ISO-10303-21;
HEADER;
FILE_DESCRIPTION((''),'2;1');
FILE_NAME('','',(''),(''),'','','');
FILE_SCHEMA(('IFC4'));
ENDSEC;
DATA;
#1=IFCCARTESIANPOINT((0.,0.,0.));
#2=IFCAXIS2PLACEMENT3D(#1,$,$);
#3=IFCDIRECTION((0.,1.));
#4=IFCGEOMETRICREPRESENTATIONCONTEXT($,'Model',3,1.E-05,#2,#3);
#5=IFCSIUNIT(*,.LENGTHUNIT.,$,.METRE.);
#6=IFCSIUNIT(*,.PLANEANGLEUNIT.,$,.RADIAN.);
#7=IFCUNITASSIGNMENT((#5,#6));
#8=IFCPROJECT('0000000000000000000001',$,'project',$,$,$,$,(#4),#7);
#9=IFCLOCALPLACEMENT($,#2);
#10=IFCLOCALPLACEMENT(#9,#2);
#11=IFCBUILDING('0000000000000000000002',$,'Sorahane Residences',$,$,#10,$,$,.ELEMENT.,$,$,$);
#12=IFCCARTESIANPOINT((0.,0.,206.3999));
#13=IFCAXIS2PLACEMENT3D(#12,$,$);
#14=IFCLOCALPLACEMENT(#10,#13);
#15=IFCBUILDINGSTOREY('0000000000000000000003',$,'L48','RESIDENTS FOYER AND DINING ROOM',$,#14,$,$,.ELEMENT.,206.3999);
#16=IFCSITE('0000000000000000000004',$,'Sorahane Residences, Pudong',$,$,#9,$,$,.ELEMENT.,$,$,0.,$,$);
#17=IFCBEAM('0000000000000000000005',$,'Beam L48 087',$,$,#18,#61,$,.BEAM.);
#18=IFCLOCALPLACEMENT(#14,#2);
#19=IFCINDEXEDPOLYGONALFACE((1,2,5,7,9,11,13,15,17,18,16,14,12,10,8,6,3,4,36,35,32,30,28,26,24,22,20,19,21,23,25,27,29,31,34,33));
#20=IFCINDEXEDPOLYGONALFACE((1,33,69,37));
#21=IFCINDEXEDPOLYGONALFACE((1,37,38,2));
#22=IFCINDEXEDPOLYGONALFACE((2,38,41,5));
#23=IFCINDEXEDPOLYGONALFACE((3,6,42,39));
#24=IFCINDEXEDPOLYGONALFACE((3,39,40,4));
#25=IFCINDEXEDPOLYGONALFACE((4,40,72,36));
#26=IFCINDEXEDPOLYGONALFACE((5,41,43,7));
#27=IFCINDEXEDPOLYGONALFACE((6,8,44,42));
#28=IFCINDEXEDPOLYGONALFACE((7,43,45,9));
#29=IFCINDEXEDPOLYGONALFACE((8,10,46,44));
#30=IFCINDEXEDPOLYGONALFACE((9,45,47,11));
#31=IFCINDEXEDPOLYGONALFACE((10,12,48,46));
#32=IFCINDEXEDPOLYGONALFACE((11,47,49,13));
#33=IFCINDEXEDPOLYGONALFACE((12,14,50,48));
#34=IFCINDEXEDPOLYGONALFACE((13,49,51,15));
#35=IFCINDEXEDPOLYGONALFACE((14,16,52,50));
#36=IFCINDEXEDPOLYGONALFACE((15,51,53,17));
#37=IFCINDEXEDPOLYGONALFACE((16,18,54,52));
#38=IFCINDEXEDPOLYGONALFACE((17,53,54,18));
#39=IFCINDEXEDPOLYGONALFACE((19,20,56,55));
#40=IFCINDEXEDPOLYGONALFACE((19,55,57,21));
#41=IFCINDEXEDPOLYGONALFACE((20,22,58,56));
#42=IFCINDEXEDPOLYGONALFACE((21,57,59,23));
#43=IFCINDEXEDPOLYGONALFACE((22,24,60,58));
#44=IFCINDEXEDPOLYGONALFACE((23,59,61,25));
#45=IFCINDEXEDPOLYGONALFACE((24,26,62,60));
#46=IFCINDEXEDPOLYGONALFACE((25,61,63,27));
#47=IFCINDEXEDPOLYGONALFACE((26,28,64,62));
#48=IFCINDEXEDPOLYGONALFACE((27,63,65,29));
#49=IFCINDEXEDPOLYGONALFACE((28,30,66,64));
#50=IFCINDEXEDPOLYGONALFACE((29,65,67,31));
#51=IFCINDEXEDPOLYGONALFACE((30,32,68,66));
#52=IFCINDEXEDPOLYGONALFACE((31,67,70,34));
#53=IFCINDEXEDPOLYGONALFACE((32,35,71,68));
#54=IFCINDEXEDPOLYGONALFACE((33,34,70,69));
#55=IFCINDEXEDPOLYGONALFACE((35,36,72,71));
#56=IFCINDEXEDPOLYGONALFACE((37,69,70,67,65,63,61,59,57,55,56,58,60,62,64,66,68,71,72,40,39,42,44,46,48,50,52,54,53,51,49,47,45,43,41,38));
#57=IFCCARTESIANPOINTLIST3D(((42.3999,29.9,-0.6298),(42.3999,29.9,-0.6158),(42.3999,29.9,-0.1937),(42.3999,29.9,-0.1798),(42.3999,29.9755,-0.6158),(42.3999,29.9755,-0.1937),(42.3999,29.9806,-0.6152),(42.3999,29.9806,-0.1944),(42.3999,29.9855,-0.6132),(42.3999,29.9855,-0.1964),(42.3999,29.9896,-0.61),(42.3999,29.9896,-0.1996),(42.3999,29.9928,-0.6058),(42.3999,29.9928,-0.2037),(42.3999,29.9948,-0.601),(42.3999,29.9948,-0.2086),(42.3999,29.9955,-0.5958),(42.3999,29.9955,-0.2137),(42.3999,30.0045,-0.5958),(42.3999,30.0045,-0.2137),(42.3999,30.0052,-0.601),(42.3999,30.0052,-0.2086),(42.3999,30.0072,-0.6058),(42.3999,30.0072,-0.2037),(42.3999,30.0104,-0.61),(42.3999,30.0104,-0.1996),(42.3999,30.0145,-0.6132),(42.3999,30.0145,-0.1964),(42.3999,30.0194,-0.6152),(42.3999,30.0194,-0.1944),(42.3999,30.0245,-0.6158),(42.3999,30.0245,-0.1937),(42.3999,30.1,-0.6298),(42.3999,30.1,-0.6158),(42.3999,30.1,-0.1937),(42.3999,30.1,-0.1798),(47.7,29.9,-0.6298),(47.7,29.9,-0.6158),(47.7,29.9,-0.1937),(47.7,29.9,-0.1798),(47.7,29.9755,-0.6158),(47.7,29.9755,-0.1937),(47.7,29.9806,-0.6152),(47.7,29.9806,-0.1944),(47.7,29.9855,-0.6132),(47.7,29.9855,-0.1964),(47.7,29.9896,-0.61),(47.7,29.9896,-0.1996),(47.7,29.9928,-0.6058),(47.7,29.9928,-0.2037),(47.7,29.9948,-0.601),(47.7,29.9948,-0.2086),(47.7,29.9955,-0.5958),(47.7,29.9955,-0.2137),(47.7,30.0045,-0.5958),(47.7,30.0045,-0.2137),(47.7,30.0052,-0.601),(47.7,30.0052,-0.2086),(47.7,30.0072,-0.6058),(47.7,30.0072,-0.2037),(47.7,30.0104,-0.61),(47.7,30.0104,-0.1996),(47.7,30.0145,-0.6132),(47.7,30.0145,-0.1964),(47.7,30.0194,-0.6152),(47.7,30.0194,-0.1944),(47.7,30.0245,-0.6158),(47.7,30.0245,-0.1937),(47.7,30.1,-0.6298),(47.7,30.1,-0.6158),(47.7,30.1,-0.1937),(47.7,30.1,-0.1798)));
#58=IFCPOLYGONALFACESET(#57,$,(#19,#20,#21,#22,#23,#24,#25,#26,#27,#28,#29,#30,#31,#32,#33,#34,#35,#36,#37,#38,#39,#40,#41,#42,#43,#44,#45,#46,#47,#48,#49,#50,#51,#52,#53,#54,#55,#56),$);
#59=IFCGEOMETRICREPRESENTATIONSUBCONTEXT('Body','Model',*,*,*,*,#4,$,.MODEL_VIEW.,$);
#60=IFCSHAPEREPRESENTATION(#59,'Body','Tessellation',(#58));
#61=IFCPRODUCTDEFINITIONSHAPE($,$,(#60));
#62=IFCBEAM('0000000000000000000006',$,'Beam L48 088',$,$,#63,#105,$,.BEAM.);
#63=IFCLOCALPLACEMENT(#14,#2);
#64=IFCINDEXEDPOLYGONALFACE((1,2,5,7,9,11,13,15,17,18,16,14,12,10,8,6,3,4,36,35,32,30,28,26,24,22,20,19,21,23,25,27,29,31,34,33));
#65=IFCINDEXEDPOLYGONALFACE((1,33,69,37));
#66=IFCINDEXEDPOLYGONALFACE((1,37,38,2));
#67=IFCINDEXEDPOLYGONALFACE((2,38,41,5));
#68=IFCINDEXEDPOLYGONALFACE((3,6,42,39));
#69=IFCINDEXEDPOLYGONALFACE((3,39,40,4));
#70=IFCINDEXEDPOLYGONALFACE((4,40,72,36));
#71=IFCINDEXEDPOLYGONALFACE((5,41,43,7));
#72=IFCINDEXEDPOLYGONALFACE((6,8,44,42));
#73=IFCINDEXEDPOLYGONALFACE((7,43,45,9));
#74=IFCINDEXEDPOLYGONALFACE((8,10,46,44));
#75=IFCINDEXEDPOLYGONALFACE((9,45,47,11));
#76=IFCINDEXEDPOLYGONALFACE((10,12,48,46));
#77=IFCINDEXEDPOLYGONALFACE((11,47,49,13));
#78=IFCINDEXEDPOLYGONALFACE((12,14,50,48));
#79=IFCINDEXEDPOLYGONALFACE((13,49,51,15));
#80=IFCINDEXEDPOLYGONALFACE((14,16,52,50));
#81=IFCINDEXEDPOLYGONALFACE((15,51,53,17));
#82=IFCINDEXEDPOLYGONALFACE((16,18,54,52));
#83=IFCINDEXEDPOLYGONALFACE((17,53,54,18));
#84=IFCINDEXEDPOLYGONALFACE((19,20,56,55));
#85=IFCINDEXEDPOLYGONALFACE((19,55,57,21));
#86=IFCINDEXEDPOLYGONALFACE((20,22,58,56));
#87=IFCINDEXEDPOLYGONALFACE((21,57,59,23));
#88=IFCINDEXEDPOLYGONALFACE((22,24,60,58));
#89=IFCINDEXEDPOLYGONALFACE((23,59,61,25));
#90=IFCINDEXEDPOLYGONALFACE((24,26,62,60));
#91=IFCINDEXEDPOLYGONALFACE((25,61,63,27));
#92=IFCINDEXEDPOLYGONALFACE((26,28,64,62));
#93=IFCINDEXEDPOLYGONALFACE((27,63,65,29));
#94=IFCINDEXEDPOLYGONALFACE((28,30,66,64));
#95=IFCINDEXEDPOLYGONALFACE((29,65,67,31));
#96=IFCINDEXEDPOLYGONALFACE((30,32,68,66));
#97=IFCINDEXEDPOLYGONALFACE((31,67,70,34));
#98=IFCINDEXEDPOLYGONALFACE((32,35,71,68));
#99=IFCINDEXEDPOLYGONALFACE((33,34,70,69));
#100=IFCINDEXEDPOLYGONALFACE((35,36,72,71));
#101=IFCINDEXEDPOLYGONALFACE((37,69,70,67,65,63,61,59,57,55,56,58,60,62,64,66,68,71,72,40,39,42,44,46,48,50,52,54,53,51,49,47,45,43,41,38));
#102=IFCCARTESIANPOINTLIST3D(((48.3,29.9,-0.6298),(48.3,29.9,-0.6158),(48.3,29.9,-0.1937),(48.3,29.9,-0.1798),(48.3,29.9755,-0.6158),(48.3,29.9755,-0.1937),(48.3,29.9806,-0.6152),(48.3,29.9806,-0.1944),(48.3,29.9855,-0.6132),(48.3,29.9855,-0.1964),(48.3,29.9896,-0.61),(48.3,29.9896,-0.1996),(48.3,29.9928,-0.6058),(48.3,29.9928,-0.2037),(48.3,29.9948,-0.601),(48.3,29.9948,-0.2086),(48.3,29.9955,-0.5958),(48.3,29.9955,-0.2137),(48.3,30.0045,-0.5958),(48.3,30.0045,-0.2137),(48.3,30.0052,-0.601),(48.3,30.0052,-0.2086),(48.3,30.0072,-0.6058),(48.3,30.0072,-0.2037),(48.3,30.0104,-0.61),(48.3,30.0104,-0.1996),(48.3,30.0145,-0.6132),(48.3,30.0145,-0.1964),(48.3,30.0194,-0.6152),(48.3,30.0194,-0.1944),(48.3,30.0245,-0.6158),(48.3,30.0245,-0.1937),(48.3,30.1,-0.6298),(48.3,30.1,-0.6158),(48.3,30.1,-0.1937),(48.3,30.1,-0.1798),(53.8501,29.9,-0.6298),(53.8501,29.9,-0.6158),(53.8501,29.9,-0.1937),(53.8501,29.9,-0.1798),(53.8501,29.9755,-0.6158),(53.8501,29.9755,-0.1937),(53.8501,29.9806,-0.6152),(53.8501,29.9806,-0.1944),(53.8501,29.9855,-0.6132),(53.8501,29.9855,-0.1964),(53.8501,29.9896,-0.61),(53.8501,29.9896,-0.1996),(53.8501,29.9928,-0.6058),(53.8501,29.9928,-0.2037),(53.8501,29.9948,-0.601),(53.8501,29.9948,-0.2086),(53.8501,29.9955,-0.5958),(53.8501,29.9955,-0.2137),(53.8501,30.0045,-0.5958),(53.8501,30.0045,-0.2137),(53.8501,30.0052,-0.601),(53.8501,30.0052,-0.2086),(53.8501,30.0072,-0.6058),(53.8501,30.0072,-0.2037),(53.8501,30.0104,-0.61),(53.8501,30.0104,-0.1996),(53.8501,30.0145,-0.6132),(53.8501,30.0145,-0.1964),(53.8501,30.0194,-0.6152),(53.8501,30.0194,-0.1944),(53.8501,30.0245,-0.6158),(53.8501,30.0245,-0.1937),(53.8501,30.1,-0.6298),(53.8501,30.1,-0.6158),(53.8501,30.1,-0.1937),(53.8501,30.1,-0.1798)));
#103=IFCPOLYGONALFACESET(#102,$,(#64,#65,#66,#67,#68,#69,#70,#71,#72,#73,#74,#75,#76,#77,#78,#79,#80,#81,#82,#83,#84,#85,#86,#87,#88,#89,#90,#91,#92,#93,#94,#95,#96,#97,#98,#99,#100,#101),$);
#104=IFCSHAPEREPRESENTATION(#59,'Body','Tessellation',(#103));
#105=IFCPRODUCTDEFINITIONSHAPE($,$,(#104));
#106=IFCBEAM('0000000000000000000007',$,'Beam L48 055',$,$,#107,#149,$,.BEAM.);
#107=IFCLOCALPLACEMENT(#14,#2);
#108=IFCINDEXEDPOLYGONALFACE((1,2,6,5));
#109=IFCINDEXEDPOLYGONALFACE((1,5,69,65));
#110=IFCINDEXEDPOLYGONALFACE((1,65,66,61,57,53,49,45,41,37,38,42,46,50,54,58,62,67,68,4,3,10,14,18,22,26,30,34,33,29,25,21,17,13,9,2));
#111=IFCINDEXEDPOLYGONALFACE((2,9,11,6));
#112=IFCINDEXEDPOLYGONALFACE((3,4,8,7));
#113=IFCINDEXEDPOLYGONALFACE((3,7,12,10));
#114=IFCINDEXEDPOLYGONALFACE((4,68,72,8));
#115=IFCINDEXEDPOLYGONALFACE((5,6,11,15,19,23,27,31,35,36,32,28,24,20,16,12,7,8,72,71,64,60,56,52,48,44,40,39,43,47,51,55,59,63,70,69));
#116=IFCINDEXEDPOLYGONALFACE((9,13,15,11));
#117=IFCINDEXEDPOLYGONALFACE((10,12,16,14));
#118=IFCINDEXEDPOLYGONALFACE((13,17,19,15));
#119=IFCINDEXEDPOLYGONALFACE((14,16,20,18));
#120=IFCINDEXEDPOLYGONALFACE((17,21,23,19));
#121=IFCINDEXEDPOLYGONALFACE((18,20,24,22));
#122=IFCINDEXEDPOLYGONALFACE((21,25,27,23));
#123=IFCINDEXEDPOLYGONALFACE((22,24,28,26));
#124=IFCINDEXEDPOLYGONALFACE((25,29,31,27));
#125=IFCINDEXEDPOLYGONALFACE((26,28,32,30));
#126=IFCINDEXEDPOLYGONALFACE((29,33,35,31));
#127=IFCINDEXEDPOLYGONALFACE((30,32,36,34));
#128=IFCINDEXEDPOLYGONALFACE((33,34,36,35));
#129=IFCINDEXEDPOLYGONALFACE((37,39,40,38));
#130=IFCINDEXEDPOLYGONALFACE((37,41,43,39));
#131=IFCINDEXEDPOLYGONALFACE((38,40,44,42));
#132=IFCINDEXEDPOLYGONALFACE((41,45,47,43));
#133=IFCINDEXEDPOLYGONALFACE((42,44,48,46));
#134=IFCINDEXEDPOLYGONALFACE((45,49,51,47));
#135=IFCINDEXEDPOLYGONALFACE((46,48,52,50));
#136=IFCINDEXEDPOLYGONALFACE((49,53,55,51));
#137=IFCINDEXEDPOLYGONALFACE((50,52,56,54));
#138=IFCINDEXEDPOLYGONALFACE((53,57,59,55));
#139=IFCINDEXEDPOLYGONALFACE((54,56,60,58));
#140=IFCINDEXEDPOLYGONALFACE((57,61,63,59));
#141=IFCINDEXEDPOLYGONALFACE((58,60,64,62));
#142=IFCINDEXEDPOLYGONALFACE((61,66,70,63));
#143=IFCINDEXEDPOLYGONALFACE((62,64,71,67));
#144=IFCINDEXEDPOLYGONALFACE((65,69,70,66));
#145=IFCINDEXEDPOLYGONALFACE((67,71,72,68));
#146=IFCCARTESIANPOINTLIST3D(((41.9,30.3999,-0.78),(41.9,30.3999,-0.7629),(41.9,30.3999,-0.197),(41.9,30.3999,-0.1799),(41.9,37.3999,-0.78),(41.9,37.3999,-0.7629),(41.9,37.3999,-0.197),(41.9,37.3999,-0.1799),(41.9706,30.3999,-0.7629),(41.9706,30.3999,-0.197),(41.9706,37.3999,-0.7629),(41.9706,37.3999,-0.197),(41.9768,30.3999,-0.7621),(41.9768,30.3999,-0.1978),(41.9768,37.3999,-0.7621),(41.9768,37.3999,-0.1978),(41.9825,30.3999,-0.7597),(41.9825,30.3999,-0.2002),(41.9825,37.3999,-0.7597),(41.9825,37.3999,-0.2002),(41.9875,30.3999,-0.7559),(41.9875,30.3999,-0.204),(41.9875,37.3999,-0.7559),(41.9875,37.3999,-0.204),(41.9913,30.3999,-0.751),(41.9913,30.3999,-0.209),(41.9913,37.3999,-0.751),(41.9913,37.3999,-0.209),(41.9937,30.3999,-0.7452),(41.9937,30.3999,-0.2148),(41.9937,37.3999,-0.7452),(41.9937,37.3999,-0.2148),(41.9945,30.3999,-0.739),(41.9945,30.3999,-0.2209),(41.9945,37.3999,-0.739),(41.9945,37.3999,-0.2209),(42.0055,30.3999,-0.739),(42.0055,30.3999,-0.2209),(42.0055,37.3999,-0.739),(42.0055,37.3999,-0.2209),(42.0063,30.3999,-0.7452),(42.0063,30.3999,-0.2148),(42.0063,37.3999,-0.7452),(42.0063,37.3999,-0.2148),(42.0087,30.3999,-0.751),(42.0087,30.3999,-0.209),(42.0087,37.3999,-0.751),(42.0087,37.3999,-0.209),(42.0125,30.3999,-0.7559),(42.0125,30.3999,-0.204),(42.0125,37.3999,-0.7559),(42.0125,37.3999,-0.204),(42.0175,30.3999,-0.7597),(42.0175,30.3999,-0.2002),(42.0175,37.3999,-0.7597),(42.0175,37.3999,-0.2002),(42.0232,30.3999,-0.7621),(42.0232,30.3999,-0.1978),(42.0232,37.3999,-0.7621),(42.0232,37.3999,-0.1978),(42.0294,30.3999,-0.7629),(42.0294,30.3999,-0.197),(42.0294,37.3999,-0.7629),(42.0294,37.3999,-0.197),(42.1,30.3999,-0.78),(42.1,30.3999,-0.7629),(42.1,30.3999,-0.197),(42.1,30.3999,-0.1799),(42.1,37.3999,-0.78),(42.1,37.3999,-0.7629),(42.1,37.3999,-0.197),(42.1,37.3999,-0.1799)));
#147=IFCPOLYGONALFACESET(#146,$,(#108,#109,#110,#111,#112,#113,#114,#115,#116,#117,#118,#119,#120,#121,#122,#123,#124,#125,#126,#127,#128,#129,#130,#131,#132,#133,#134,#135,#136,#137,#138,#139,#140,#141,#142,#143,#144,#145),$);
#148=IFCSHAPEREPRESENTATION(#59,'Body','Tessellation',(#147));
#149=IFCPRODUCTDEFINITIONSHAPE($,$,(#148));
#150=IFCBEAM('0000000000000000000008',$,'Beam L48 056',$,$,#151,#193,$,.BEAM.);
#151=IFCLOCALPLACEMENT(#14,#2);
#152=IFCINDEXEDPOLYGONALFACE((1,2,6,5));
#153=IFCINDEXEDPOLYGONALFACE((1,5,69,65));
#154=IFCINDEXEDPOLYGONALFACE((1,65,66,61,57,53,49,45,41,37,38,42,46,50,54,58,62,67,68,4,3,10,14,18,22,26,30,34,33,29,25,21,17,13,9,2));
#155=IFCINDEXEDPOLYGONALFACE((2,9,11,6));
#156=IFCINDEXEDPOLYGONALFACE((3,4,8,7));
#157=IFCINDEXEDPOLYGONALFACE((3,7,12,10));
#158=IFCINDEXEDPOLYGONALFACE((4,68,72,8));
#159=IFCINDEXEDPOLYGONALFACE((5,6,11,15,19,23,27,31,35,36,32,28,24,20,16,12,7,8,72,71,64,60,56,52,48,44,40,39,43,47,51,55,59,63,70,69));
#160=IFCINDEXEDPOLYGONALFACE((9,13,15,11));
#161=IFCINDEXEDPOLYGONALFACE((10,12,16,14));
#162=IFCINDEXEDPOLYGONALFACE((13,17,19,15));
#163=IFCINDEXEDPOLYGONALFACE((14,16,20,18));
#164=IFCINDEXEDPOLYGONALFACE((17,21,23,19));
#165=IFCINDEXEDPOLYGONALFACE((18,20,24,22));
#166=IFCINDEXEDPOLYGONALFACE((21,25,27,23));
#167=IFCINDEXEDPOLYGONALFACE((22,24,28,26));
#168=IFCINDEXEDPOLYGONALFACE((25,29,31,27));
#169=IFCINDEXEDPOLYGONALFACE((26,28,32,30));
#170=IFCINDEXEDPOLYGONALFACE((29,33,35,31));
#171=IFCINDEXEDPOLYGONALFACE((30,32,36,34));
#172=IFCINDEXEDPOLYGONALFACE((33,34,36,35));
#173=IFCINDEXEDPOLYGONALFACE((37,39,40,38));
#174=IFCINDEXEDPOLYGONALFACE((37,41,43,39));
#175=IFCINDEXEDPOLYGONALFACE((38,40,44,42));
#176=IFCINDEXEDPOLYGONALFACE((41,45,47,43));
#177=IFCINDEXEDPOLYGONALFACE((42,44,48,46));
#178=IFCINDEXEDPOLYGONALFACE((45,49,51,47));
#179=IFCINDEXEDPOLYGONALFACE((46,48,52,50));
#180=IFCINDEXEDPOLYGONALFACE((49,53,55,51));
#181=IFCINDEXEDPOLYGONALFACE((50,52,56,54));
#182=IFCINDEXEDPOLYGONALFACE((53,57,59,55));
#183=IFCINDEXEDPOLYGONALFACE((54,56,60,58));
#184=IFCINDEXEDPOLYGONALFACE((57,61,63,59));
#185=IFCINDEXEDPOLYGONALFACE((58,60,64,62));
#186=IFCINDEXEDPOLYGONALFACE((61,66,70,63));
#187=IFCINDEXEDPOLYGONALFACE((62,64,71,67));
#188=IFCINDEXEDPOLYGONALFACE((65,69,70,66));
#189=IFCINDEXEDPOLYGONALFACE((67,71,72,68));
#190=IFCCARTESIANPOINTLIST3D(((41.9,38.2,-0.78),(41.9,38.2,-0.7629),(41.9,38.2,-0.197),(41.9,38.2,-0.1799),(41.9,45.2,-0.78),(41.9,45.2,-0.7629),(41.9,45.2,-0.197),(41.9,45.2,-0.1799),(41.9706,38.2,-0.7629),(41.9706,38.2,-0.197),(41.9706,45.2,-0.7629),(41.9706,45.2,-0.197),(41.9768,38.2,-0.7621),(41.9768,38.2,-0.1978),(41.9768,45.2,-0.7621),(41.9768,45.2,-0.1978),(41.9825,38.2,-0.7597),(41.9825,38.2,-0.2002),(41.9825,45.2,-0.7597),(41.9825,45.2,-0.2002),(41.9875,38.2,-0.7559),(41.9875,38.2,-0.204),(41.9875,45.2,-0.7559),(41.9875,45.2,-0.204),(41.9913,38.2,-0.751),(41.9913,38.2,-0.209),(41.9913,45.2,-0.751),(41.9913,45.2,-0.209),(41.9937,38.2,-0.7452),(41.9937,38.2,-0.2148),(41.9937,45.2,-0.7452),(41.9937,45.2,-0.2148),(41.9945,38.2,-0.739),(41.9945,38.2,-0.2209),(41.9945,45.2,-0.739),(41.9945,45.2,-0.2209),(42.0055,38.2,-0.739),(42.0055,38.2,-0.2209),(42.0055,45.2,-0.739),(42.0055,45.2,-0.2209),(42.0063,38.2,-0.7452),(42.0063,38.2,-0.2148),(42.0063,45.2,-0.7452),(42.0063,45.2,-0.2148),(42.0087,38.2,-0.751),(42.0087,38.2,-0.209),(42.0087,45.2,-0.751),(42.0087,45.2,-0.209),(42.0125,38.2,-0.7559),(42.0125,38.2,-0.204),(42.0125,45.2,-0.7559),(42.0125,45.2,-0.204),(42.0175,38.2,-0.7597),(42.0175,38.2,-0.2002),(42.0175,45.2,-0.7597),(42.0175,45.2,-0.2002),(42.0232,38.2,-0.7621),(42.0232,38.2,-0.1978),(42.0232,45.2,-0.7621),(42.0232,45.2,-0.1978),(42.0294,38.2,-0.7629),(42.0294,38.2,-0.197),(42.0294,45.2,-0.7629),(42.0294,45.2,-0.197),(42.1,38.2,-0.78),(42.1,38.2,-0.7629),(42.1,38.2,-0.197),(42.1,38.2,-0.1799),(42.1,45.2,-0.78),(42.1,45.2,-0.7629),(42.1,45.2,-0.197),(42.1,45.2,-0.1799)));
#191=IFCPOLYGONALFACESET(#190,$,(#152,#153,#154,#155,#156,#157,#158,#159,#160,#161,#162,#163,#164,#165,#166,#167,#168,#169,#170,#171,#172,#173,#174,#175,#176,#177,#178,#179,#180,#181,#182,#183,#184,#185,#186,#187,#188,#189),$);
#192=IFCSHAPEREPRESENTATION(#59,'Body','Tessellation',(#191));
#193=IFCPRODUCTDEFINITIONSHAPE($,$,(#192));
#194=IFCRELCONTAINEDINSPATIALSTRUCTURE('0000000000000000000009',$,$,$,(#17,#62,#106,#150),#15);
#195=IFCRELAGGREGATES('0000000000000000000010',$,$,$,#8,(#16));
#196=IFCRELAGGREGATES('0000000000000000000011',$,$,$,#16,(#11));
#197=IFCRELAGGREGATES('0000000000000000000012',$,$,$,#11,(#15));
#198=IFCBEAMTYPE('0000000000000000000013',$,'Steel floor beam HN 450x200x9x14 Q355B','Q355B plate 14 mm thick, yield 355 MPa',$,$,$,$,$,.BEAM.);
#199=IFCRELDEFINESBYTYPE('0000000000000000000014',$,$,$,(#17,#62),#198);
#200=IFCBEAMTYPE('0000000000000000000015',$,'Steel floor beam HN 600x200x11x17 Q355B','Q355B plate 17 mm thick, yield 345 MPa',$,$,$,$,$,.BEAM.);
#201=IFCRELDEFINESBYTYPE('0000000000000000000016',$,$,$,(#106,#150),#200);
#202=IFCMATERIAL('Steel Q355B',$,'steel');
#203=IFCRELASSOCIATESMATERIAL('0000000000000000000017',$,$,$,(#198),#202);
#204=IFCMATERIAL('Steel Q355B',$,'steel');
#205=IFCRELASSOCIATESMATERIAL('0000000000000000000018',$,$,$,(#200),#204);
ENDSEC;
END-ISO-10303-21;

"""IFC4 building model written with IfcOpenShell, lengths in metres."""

from ifc_helpers import new_model, si_unit, direction, frame, origin, origin_2d, place, context, subcontext, project, spatial, i_section, extrude, material, material_profile, profile_set, type_object, element, save


model = new_model("IFC4")

# Units and contexts
model_context = context("Model", 3, precision=1e-05, world=origin(), true_north=direction((0.0, 1.0)))
body_context = subcontext(model_context, "Body", "Model", "MODEL_VIEW")
ifc_project = project(units=[si_unit("LENGTHUNIT", "METRE"), si_unit("PLANEANGLEUNIT", "RADIAN")], contexts=[model_context])

# Site, building, storey
site_placement = place(None, origin())
site = spatial("IfcSite", under=ifc_project, at=site_placement, Name="Sorahane Residences, Pudong", CompositionType="ELEMENT", RefElevation=0.0)
building_placement = place(site_placement, origin())
building = spatial("IfcBuilding", under=site, at=building_placement, Name="Sorahane Residences", CompositionType="ELEMENT")
storey_placement = place(building_placement, frame((0.0, 0.0, 206.3999)))
storey = spatial("IfcBuildingStorey", under=building, at=storey_placement, Name="L48", Description="RESIDENTS FOYER AND DINING ROOM", CompositionType="ELEMENT", Elevation=206.3999)

# Beams
ifc_material_1 = material(Name="Steel Q355B", Category="steel")
ifc_material_profile_1 = material_profile(ifc_material_1, i_section(OverallWidth=0.2, OverallDepth=0.45, WebThickness=0.009, FlangeThickness=0.0139, FilletRadius=0.02, at=origin_2d()), Name="HN 450x200x9x14")
ifc_profile_set_1 = profile_set([ifc_material_profile_1], Name="Steel Q355B")
beam_type_1 = type_object("IfcBeamType", Name="Steel floor beam HN 450x200x9x14 Q355B", Description="Q355B plate 14 mm thick, yield 355 MPa", PredefinedType="BEAM", material=ifc_profile_set_1)
beam_1_placement = place(storey_placement, frame((42.3999, 30.0, -0.4048), z_axis=(1.0, 0.0, 0.0), x_axis=(0.0, 1.0, 0.0)))
element("IfcBeam", 1, at=beam_1_placement, inside=storey, type_object=beam_type_1, Name="Beam L48 087", PredefinedType="BEAM", context=body_context, shape_type="SweptSolid", body=[
    extrude(i_section(OverallWidth=0.2, OverallDepth=0.45, WebThickness=0.009, FlangeThickness=0.0139, FilletRadius=0.02, at=origin_2d()), origin(), (0.0, 0.0, 1.0), 5.3),
])
beam_2_placement = place(storey_placement, frame((48.3, 30.0, -0.4048), z_axis=(1.0, 0.0, 0.0), x_axis=(0.0, 1.0, 0.0)))
element("IfcBeam", 2, at=beam_2_placement, inside=storey, type_object=beam_type_1, Name="Beam L48 088", PredefinedType="BEAM", context=body_context, shape_type="SweptSolid", body=[
    extrude(i_section(OverallWidth=0.2, OverallDepth=0.45, WebThickness=0.009, FlangeThickness=0.0139, FilletRadius=0.02, at=origin_2d()), origin(), (0.0, 0.0, 1.0), 5.55),
])
ifc_material_2 = material(Name="Steel Q355B", Category="steel")
ifc_material_profile_2 = material_profile(ifc_material_2, i_section(OverallWidth=0.2, OverallDepth=0.6001, WebThickness=0.011, FlangeThickness=0.0171, FilletRadius=0.0239, at=origin_2d()), Name="HN 600x200x11x17")
ifc_profile_set_2 = profile_set([ifc_material_profile_2], Name="Steel Q355B")
beam_type_2 = type_object("IfcBeamType", Name="Steel floor beam HN 600x200x11x17 Q355B", Description="Q355B plate 17 mm thick, yield 345 MPa", PredefinedType="BEAM", material=ifc_profile_set_2)
for number, where, z_axis, x_axis, name in (
    (3, (42.0, 30.3999, -0.48), (0.0, 1.0, 0.0), (-1.0, 0.0, 0.0), "Beam L48 055"),
    (4, (42.0, 38.2, -0.48), (0.0, 1.0, 0.0), (-1.0, 0.0, 0.0), "Beam L48 056"),
):
    element("IfcBeam", number, at=place(storey_placement, frame(where, z_axis=z_axis, x_axis=x_axis)), inside=storey, type_object=beam_type_2, Name=name, PredefinedType="BEAM", context=body_context, shape_type="SweptSolid", body=[
        extrude(i_section(OverallWidth=0.2, OverallDepth=0.6001, WebThickness=0.011, FlangeThickness=0.0171, FilletRadius=0.0239, at=origin_2d()), origin(), (0.0, 0.0, 1.0), 7.0),
    ])

save(model, "model.ifc")
